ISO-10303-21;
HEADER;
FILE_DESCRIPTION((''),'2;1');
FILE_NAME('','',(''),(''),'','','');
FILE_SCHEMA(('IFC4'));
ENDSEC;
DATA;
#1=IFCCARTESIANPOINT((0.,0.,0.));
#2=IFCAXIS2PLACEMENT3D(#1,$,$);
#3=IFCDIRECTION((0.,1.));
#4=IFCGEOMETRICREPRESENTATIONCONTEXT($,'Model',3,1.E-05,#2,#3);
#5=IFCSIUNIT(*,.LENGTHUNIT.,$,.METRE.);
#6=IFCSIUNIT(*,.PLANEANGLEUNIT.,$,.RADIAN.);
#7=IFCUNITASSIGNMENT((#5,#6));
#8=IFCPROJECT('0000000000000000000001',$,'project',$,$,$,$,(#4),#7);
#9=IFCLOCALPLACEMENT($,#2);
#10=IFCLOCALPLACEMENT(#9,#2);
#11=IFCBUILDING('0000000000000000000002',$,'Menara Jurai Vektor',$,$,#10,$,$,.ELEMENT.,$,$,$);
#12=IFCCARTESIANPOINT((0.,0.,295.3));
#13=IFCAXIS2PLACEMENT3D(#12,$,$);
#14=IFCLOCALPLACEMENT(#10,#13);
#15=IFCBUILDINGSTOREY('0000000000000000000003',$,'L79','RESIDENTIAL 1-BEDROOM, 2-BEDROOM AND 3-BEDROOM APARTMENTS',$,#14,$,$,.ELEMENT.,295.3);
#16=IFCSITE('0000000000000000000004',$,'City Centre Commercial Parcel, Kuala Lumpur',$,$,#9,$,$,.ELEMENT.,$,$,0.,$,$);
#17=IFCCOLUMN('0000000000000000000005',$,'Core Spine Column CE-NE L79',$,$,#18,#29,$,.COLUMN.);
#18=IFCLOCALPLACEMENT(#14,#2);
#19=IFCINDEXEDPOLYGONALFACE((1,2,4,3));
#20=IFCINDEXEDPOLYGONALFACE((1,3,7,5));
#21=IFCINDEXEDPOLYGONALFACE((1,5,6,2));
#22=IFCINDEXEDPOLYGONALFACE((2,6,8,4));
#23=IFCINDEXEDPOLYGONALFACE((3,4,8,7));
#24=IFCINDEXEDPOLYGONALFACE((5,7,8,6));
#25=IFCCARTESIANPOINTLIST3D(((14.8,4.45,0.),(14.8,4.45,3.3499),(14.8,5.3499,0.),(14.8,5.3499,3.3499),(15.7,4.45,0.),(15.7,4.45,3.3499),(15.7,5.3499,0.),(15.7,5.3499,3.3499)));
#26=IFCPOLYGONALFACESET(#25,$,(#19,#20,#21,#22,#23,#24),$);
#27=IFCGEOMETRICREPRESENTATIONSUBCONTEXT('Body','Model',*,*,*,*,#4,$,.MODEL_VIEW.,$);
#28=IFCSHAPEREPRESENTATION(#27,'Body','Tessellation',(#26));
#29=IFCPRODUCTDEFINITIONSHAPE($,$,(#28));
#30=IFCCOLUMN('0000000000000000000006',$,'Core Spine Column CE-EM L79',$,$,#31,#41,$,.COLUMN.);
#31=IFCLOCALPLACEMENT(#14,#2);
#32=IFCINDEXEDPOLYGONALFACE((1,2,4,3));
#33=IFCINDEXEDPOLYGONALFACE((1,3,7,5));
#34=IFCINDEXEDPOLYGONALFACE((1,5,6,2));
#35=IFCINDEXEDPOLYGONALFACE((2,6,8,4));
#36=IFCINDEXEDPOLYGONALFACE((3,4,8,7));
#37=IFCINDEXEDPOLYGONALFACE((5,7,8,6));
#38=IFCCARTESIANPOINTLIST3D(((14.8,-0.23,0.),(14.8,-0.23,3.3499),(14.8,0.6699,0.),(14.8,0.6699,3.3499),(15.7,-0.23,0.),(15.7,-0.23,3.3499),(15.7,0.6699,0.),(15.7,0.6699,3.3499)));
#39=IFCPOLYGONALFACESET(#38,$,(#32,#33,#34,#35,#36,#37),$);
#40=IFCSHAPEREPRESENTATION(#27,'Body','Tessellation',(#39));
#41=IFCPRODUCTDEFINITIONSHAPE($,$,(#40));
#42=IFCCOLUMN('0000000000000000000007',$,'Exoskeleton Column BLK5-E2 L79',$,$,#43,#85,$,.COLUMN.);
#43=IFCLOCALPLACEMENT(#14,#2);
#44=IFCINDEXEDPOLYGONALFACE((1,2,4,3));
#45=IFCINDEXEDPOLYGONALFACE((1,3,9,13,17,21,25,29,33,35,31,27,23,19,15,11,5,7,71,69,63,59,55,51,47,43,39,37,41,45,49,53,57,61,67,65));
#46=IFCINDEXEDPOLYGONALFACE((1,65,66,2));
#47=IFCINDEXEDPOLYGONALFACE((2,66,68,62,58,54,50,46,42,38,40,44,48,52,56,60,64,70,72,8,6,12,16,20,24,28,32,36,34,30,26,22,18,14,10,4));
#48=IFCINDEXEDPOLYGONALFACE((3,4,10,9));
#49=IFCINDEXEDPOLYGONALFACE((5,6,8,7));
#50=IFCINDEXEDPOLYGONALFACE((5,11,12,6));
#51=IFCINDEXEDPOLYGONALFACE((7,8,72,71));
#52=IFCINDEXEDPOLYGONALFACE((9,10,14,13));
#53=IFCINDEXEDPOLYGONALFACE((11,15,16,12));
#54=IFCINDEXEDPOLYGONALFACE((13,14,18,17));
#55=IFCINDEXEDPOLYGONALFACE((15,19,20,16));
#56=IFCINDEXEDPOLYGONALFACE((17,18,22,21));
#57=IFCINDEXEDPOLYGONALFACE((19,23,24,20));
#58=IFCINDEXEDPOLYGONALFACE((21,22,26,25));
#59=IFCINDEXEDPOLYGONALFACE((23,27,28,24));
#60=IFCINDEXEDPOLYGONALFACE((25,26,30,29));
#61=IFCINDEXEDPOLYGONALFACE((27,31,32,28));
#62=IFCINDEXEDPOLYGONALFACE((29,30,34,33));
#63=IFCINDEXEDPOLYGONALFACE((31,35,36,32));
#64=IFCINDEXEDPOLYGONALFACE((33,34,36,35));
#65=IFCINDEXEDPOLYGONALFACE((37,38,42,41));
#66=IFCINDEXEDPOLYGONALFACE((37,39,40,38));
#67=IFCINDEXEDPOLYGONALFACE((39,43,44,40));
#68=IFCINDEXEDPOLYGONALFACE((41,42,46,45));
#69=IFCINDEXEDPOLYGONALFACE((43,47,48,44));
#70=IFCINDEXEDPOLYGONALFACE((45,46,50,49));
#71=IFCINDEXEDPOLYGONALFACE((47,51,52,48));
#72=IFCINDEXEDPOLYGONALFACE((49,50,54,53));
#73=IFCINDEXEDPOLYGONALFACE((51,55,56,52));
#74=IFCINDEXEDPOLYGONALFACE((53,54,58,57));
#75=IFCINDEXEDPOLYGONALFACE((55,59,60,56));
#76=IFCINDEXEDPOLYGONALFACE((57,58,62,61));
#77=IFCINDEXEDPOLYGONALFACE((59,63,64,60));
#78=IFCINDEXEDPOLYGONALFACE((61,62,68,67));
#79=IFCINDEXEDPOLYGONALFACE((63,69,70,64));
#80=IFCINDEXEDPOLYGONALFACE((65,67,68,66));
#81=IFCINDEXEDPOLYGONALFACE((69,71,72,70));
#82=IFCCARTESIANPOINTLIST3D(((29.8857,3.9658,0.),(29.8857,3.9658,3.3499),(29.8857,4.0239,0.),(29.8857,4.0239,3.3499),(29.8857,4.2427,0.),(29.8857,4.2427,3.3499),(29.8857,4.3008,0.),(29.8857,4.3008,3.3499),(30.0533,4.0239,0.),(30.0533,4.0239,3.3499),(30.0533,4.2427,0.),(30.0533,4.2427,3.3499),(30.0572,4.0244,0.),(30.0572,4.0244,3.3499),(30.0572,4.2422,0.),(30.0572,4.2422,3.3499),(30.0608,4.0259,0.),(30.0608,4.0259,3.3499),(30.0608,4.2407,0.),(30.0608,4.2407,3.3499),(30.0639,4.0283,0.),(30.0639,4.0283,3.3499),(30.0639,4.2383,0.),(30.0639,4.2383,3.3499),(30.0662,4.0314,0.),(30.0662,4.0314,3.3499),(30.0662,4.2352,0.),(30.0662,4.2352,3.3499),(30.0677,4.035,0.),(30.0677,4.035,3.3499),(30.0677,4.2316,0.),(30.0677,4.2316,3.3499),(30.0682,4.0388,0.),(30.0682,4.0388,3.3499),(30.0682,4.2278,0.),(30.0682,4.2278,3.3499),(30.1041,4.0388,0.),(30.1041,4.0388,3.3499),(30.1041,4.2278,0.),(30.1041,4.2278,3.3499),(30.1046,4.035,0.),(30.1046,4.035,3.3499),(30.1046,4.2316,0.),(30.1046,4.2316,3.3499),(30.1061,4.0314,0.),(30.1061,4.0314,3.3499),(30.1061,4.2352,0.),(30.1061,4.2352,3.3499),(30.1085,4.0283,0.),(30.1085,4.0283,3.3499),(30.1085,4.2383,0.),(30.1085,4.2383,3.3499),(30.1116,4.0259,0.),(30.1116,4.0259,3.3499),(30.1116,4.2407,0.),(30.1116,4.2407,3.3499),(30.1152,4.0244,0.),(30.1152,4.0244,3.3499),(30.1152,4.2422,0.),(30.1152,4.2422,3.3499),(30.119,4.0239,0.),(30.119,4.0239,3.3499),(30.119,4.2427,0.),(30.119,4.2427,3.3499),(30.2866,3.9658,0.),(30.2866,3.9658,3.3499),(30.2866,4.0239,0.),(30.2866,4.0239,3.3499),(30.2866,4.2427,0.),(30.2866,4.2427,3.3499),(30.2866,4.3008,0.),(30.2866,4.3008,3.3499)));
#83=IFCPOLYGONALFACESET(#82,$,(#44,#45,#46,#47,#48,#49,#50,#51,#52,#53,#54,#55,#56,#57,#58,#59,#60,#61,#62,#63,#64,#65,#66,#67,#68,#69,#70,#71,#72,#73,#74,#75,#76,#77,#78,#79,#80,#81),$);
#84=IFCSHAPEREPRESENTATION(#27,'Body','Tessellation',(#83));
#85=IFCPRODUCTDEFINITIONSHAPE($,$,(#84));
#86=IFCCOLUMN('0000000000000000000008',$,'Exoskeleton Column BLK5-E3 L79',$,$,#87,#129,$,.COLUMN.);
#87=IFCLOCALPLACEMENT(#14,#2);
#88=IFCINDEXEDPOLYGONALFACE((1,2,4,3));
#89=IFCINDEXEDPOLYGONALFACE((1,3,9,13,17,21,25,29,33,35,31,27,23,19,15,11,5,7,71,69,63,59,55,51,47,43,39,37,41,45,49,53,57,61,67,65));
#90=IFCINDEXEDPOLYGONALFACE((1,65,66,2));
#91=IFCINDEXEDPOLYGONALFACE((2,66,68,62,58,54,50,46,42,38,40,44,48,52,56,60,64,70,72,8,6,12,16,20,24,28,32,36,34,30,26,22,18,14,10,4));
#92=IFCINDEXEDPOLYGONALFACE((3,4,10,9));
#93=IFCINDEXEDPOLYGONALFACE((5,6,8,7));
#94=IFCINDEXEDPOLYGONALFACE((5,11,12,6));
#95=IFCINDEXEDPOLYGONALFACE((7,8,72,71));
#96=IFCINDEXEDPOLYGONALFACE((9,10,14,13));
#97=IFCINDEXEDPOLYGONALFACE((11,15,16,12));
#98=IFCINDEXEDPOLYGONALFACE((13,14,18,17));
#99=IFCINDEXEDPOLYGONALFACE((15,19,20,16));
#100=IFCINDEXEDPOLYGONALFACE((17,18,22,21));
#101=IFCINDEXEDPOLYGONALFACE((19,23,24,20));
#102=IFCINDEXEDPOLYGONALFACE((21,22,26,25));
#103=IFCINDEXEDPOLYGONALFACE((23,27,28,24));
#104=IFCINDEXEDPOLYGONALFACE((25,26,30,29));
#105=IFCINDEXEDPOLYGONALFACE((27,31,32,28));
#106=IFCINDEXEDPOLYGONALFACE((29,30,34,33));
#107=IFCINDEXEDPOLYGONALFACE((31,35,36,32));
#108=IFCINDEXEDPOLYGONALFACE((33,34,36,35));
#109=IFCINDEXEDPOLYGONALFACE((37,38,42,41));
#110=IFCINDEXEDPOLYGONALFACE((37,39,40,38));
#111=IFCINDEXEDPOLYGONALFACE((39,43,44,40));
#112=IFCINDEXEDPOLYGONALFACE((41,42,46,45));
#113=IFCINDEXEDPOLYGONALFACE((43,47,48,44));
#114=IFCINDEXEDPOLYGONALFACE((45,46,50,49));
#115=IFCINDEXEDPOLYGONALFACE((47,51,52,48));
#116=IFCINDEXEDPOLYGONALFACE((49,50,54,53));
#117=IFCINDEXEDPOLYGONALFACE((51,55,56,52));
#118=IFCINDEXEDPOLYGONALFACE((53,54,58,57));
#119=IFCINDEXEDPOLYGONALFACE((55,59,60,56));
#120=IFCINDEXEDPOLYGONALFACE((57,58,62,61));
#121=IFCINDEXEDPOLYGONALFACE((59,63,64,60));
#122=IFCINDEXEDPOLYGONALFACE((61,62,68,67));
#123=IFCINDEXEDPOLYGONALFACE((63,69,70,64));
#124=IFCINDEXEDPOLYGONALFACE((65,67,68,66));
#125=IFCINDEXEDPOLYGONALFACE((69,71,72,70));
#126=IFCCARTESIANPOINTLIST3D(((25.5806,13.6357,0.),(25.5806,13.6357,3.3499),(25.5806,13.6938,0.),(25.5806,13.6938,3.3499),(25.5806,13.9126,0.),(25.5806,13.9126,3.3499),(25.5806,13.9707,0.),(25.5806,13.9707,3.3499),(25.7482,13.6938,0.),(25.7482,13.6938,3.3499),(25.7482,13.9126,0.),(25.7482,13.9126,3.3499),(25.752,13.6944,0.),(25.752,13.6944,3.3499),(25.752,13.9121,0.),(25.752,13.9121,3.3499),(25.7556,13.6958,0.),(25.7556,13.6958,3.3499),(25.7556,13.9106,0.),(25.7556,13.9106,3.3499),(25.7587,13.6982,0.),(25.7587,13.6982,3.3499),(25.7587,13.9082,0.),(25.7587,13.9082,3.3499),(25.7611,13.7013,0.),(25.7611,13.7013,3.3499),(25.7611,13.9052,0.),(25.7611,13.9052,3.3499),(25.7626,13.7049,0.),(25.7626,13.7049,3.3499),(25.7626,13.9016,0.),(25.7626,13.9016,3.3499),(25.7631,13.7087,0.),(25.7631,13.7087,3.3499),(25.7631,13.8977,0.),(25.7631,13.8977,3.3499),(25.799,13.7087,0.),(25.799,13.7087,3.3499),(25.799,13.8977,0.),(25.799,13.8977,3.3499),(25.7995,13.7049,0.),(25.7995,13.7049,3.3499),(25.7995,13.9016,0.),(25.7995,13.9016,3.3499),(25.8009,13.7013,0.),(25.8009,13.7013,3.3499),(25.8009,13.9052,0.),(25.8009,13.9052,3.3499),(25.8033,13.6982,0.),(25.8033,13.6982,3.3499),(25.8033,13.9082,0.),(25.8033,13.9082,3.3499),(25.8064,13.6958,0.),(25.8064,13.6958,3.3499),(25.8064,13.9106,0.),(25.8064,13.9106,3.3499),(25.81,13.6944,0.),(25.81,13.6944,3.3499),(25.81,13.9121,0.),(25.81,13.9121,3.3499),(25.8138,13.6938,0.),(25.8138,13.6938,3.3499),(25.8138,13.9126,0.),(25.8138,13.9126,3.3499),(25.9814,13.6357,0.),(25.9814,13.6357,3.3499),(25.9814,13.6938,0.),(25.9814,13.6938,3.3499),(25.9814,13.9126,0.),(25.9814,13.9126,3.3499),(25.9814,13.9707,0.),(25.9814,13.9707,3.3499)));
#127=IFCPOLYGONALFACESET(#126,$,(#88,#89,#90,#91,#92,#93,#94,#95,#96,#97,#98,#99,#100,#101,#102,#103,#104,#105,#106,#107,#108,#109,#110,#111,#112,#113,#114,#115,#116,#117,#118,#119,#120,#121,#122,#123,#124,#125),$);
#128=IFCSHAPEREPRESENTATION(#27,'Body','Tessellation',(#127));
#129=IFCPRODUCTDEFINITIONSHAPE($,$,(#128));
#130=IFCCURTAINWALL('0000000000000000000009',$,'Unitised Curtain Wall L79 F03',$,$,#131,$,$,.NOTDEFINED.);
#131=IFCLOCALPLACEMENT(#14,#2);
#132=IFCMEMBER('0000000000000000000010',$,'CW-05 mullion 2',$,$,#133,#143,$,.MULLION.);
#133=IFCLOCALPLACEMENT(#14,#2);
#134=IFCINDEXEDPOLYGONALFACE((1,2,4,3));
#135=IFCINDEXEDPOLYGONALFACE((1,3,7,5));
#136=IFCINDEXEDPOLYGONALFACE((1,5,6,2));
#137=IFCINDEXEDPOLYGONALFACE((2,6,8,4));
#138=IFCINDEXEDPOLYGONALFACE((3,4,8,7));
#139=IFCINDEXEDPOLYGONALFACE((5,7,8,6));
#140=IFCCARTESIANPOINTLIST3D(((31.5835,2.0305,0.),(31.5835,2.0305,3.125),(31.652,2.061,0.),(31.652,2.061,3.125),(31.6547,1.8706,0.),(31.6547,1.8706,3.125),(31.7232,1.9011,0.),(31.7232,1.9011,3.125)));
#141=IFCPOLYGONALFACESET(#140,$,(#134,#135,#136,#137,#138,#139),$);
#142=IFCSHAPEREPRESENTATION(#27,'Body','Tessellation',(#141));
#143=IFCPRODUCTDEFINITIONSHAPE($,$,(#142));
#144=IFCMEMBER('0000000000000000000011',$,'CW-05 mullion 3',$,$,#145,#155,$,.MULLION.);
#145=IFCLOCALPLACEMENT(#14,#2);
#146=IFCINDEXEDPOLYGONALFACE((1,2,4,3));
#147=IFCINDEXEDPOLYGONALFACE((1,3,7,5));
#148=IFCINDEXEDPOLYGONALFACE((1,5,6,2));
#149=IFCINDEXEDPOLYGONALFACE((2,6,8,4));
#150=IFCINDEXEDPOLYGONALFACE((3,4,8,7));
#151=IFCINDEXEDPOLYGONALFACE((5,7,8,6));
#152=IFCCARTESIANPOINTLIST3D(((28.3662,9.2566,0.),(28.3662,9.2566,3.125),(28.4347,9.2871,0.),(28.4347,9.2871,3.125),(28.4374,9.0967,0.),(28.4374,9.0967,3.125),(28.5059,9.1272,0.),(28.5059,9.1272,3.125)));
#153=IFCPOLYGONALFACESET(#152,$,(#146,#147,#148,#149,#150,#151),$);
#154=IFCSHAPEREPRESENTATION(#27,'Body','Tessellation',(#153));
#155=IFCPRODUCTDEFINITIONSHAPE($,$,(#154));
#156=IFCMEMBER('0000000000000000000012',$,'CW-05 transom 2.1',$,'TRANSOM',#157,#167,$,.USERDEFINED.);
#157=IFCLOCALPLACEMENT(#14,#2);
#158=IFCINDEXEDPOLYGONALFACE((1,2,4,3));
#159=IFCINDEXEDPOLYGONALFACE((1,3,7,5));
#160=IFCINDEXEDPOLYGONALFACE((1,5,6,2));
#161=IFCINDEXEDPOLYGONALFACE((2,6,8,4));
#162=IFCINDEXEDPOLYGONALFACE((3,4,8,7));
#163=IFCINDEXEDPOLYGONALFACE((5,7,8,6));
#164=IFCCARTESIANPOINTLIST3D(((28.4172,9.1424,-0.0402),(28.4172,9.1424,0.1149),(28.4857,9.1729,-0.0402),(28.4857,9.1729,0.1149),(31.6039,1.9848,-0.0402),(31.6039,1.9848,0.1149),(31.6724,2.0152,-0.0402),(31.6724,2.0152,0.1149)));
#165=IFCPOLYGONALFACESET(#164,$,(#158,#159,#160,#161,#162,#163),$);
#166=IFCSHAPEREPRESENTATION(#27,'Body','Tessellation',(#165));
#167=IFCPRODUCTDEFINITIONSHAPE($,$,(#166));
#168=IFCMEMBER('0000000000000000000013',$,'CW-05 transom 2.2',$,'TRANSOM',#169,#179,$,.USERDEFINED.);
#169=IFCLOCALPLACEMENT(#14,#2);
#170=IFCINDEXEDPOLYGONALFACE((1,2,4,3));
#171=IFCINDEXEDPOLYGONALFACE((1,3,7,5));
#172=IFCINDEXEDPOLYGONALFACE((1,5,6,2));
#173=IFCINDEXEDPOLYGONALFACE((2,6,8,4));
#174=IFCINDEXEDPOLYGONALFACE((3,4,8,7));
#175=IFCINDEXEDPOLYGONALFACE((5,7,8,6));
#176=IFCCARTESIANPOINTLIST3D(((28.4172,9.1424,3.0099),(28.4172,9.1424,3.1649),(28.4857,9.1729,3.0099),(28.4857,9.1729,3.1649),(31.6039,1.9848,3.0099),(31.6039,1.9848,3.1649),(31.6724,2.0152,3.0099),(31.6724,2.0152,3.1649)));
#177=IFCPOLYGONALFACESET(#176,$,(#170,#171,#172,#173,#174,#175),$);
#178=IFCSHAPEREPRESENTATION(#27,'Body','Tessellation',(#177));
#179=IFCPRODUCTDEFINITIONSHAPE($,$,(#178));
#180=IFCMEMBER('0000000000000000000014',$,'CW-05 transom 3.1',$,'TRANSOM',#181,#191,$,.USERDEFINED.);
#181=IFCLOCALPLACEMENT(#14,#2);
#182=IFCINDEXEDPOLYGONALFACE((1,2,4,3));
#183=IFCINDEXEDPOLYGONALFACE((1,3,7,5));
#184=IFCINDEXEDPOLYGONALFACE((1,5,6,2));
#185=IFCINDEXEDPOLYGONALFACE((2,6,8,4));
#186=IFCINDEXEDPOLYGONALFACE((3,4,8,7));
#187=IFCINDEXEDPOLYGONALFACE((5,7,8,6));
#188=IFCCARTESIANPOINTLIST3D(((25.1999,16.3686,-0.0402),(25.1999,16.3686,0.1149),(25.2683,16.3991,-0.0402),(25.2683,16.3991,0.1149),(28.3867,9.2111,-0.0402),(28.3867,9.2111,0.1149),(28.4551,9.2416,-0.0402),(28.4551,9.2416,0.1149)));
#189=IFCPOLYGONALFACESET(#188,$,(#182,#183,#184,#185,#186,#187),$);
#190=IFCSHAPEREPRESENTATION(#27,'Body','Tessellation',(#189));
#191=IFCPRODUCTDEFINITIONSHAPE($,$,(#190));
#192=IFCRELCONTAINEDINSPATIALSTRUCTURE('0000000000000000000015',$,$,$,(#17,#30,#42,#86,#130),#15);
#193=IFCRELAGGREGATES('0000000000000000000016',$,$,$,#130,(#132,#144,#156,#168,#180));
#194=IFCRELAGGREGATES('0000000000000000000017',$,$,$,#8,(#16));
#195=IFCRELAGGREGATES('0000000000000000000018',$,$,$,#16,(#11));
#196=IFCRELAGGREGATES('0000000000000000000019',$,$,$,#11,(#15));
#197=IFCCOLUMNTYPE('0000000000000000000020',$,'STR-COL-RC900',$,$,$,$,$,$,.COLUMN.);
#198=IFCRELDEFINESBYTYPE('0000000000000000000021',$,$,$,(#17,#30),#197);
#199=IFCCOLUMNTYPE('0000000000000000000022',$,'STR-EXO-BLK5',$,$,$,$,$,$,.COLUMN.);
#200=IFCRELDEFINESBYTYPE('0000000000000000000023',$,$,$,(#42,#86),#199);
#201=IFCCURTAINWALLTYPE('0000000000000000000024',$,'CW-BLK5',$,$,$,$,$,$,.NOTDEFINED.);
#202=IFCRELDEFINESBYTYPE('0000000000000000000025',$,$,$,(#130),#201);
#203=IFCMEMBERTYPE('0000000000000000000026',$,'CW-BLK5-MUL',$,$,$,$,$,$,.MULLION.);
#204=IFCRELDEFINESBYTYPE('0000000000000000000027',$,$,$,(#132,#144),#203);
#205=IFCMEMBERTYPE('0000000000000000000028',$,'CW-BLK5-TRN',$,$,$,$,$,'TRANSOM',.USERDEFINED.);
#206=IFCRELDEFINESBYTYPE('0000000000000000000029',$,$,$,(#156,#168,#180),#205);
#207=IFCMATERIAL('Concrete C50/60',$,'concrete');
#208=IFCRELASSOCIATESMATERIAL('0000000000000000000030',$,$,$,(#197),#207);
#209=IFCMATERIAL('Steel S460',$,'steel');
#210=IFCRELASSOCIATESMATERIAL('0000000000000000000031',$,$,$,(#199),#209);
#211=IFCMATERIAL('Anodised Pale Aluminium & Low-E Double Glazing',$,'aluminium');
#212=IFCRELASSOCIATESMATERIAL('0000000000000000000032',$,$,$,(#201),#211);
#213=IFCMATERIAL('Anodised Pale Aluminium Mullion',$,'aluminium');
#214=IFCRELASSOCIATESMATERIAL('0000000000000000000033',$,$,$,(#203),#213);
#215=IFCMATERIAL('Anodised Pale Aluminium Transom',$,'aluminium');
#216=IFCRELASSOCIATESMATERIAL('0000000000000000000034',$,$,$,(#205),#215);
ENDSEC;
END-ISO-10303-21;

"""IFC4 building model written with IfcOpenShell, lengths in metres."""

from ifc_helpers import new_model, si_unit, direction, frame, origin, origin_2d, place, context, subcontext, project, spatial, rectangle, i_section, extrude, material, material_profile, profile_set, type_object, element, aggregate, save


model = new_model("IFC4")

# Units and contexts
model_context = context("Model", 3, precision=1e-05, world=origin(), true_north=direction((0.0, 1.0)))
body_context = subcontext(model_context, "Body", "Model", "MODEL_VIEW")
ifc_project = project(units=[si_unit("LENGTHUNIT", "METRE"), si_unit("PLANEANGLEUNIT", "RADIAN")], contexts=[model_context])

# Site, building, storey
site_placement = place(None, origin())
site = spatial("IfcSite", under=ifc_project, at=site_placement, Name="City Centre Commercial Parcel, Kuala Lumpur", CompositionType="ELEMENT", RefElevation=0.0)
building_placement = place(site_placement, origin())
building = spatial("IfcBuilding", under=site, at=building_placement, Name="Menara Jurai Vektor", CompositionType="ELEMENT")
storey_placement = place(building_placement, frame((0.0, 0.0, 295.3)))
storey = spatial("IfcBuildingStorey", under=building, at=storey_placement, Name="L79", Description="RESIDENTIAL 1-BEDROOM, 2-BEDROOM AND 3-BEDROOM APARTMENTS", CompositionType="ELEMENT", Elevation=295.3)

# Columns
ifc_material_1 = material(Name="Concrete C50/60", Category="concrete")
ifc_material_profile_1 = material_profile(ifc_material_1, rectangle(XDim=0.8999, YDim=0.8999, at=origin_2d()), Name="RC 900x900")
ifc_profile_set_1 = profile_set([ifc_material_profile_1], Name="Concrete C50/60")
column_type_1 = type_object("IfcColumnType", Name="STR-COL-RC900", PredefinedType="COLUMN", material=ifc_profile_set_1)
for number, where, z_axis, x_axis, name in (
    (1, (15.25, 4.8999, 0.0), (0.0, 0.0, 1.0), (1.0, 0.0, 0.0), "Core Spine Column CE-NE L79"),
    (2, (15.25, 0.22, 0.0), (0.0, 0.0, 1.0), (1.0, 0.0, 0.0), "Core Spine Column CE-EM L79"),
):
    element("IfcColumn", number, at=place(storey_placement, frame(where, z_axis=z_axis, x_axis=x_axis)), inside=storey, type_object=column_type_1, Name=name, PredefinedType="COLUMN", context=body_context, shape_type="SweptSolid", body=[
        extrude(rectangle(XDim=0.8999, YDim=0.8999, at=origin_2d()), origin(), (0.0, 0.0, 1.0), 3.3499),
    ])
ifc_material_2 = material(Name="Steel S460", Category="steel")
ifc_material_profile_2 = material_profile(ifc_material_2, i_section(OverallWidth=0.4009, OverallDepth=0.335, WebThickness=0.0359, FlangeThickness=0.0581, FilletRadius=0.0149, at=origin_2d()), Name="HD 400x463")
ifc_profile_set_2 = profile_set([ifc_material_profile_2], Name="Steel S460")
column_type_2 = type_object("IfcColumnType", Name="STR-EXO-BLK5", PredefinedType="COLUMN", material=ifc_profile_set_2)
for number, where, z_axis, x_axis, name in (
    (3, (30.0862, 4.1333, 0.0), (0.0, 0.0, 1.0), (1.0, 0.0, 0.0), "Exoskeleton Column BLK5-E2 L79"),
    (4, (25.781, 13.8032, 0.0), (0.0, 0.0, 1.0), (1.0, 0.0, 0.0), "Exoskeleton Column BLK5-E3 L79"),
):
    element("IfcColumn", number, at=place(storey_placement, frame(where, z_axis=z_axis, x_axis=x_axis)), inside=storey, type_object=column_type_2, Name=name, PredefinedType="COLUMN", context=body_context, shape_type="SweptSolid", body=[
        extrude(i_section(OverallWidth=0.4009, OverallDepth=0.335, WebThickness=0.0359, FlangeThickness=0.0581, FilletRadius=0.0149, at=origin_2d()), origin(), (0.0, 0.0, 1.0), 3.3499),
    ])

# Curtain wall, members
ifc_material_3 = material(Name="Anodised Pale Aluminium & Low-E Double Glazing", Category="aluminium")
curtain_wall_type = type_object("IfcCurtainWallType", Name="CW-BLK5", PredefinedType="NOTDEFINED", material=ifc_material_3)
curtain_wall_placement = place(storey_placement, origin())
curtain_wall = element("IfcCurtainWall", 5, at=curtain_wall_placement, inside=storey, type_object=curtain_wall_type, Name="Unitised Curtain Wall L79 F03", PredefinedType="NOTDEFINED")
ifc_material_4 = material(Name="Anodised Pale Aluminium Mullion", Category="aluminium")
ifc_material_profile_3 = material_profile(ifc_material_4, rectangle(XDim=0.075, YDim=0.175, at=origin_2d()), Name="ALU MUL 75x175")
ifc_profile_set_3 = profile_set([ifc_material_profile_3], Name="Anodised Pale Aluminium Mullion")
member_type_1 = type_object("IfcMemberType", Name="CW-BLK5-MUL", PredefinedType="MULLION", material=ifc_profile_set_3)
member_1_placement = place(storey_placement, frame((31.6533, 1.9658, 0.0), z_axis=(0.0, 0.0, 1.0), x_axis=(-0.913546, -0.406735, 0.0)))
member_1 = element("IfcMember", 6, at=member_1_placement, type_object=member_type_1, Name="CW-05 mullion 2", PredefinedType="MULLION", context=body_context, shape_type="SweptSolid", body=[
    extrude(rectangle(XDim=0.075, YDim=0.175, at=origin_2d()), origin(), (0.0, 0.0, 1.0), 3.125),
])
member_2_placement = place(storey_placement, frame((28.436, 9.1919, 0.0), z_axis=(0.0, 0.0, 1.0), x_axis=(-0.913546, -0.406735, 0.0)))
member_2 = element("IfcMember", 7, at=member_2_placement, type_object=member_type_1, Name="CW-05 mullion 3", PredefinedType="MULLION", context=body_context, shape_type="SweptSolid", body=[
    extrude(rectangle(XDim=0.075, YDim=0.175, at=origin_2d()), origin(), (0.0, 0.0, 1.0), 3.125),
])
ifc_material_5 = material(Name="Anodised Pale Aluminium Transom", Category="aluminium")
ifc_material_profile_4 = material_profile(ifc_material_5, rectangle(XDim=0.075, YDim=0.155, at=origin_2d()), Name="ALU TRN 75x155")
ifc_profile_set_4 = profile_set([ifc_material_profile_4], Name="Anodised Pale Aluminium Transom")
member_type_2 = type_object("IfcMemberType", Name="CW-BLK5-TRN", ElementType="TRANSOM", PredefinedType="USERDEFINED", material=ifc_profile_set_4)
member_3_placement = place(storey_placement, frame((31.6382, 2.0, 0.0374), z_axis=(-0.406731, 0.913548, 0.0), x_axis=(-0.913548, -0.406731, 0.0)))
member_3 = element("IfcMember", 8, at=member_3_placement, type_object=member_type_2, Name="CW-05 transom 2.1", ObjectType="TRANSOM", PredefinedType="USERDEFINED", context=body_context, shape_type="SweptSolid", body=[
    extrude(rectangle(XDim=0.075, YDim=0.155, at=origin_2d()), origin(), (0.0, 0.0, 1.0), 7.835),
])
member_4_placement = place(storey_placement, frame((31.6382, 2.0, 3.0874), z_axis=(-0.406731, 0.913548, 0.0), x_axis=(-0.913548, -0.406731, 0.0)))
member_4 = element("IfcMember", 9, at=member_4_placement, type_object=member_type_2, Name="CW-05 transom 2.2", ObjectType="TRANSOM", PredefinedType="USERDEFINED", context=body_context, shape_type="SweptSolid", body=[
    extrude(rectangle(XDim=0.075, YDim=0.155, at=origin_2d()), origin(), (0.0, 0.0, 1.0), 7.835),
])
member_5_placement = place(storey_placement, frame((28.4209, 9.2263, 0.0374), z_axis=(-0.406743, 0.913543, 0.0), x_axis=(-0.913543, -0.406743, 0.0)))
member_5 = element("IfcMember", 10, at=member_5_placement, type_object=member_type_2, Name="CW-05 transom 3.1", ObjectType="TRANSOM", PredefinedType="USERDEFINED", context=body_context, shape_type="SweptSolid", body=[
    extrude(rectangle(XDim=0.075, YDim=0.155, at=origin_2d()), origin(), (0.0, 0.0, 1.0), 7.835),
])

aggregate(curtain_wall, [member_1, member_2, member_3, member_4, member_5])

save(model, "model.ifc")
